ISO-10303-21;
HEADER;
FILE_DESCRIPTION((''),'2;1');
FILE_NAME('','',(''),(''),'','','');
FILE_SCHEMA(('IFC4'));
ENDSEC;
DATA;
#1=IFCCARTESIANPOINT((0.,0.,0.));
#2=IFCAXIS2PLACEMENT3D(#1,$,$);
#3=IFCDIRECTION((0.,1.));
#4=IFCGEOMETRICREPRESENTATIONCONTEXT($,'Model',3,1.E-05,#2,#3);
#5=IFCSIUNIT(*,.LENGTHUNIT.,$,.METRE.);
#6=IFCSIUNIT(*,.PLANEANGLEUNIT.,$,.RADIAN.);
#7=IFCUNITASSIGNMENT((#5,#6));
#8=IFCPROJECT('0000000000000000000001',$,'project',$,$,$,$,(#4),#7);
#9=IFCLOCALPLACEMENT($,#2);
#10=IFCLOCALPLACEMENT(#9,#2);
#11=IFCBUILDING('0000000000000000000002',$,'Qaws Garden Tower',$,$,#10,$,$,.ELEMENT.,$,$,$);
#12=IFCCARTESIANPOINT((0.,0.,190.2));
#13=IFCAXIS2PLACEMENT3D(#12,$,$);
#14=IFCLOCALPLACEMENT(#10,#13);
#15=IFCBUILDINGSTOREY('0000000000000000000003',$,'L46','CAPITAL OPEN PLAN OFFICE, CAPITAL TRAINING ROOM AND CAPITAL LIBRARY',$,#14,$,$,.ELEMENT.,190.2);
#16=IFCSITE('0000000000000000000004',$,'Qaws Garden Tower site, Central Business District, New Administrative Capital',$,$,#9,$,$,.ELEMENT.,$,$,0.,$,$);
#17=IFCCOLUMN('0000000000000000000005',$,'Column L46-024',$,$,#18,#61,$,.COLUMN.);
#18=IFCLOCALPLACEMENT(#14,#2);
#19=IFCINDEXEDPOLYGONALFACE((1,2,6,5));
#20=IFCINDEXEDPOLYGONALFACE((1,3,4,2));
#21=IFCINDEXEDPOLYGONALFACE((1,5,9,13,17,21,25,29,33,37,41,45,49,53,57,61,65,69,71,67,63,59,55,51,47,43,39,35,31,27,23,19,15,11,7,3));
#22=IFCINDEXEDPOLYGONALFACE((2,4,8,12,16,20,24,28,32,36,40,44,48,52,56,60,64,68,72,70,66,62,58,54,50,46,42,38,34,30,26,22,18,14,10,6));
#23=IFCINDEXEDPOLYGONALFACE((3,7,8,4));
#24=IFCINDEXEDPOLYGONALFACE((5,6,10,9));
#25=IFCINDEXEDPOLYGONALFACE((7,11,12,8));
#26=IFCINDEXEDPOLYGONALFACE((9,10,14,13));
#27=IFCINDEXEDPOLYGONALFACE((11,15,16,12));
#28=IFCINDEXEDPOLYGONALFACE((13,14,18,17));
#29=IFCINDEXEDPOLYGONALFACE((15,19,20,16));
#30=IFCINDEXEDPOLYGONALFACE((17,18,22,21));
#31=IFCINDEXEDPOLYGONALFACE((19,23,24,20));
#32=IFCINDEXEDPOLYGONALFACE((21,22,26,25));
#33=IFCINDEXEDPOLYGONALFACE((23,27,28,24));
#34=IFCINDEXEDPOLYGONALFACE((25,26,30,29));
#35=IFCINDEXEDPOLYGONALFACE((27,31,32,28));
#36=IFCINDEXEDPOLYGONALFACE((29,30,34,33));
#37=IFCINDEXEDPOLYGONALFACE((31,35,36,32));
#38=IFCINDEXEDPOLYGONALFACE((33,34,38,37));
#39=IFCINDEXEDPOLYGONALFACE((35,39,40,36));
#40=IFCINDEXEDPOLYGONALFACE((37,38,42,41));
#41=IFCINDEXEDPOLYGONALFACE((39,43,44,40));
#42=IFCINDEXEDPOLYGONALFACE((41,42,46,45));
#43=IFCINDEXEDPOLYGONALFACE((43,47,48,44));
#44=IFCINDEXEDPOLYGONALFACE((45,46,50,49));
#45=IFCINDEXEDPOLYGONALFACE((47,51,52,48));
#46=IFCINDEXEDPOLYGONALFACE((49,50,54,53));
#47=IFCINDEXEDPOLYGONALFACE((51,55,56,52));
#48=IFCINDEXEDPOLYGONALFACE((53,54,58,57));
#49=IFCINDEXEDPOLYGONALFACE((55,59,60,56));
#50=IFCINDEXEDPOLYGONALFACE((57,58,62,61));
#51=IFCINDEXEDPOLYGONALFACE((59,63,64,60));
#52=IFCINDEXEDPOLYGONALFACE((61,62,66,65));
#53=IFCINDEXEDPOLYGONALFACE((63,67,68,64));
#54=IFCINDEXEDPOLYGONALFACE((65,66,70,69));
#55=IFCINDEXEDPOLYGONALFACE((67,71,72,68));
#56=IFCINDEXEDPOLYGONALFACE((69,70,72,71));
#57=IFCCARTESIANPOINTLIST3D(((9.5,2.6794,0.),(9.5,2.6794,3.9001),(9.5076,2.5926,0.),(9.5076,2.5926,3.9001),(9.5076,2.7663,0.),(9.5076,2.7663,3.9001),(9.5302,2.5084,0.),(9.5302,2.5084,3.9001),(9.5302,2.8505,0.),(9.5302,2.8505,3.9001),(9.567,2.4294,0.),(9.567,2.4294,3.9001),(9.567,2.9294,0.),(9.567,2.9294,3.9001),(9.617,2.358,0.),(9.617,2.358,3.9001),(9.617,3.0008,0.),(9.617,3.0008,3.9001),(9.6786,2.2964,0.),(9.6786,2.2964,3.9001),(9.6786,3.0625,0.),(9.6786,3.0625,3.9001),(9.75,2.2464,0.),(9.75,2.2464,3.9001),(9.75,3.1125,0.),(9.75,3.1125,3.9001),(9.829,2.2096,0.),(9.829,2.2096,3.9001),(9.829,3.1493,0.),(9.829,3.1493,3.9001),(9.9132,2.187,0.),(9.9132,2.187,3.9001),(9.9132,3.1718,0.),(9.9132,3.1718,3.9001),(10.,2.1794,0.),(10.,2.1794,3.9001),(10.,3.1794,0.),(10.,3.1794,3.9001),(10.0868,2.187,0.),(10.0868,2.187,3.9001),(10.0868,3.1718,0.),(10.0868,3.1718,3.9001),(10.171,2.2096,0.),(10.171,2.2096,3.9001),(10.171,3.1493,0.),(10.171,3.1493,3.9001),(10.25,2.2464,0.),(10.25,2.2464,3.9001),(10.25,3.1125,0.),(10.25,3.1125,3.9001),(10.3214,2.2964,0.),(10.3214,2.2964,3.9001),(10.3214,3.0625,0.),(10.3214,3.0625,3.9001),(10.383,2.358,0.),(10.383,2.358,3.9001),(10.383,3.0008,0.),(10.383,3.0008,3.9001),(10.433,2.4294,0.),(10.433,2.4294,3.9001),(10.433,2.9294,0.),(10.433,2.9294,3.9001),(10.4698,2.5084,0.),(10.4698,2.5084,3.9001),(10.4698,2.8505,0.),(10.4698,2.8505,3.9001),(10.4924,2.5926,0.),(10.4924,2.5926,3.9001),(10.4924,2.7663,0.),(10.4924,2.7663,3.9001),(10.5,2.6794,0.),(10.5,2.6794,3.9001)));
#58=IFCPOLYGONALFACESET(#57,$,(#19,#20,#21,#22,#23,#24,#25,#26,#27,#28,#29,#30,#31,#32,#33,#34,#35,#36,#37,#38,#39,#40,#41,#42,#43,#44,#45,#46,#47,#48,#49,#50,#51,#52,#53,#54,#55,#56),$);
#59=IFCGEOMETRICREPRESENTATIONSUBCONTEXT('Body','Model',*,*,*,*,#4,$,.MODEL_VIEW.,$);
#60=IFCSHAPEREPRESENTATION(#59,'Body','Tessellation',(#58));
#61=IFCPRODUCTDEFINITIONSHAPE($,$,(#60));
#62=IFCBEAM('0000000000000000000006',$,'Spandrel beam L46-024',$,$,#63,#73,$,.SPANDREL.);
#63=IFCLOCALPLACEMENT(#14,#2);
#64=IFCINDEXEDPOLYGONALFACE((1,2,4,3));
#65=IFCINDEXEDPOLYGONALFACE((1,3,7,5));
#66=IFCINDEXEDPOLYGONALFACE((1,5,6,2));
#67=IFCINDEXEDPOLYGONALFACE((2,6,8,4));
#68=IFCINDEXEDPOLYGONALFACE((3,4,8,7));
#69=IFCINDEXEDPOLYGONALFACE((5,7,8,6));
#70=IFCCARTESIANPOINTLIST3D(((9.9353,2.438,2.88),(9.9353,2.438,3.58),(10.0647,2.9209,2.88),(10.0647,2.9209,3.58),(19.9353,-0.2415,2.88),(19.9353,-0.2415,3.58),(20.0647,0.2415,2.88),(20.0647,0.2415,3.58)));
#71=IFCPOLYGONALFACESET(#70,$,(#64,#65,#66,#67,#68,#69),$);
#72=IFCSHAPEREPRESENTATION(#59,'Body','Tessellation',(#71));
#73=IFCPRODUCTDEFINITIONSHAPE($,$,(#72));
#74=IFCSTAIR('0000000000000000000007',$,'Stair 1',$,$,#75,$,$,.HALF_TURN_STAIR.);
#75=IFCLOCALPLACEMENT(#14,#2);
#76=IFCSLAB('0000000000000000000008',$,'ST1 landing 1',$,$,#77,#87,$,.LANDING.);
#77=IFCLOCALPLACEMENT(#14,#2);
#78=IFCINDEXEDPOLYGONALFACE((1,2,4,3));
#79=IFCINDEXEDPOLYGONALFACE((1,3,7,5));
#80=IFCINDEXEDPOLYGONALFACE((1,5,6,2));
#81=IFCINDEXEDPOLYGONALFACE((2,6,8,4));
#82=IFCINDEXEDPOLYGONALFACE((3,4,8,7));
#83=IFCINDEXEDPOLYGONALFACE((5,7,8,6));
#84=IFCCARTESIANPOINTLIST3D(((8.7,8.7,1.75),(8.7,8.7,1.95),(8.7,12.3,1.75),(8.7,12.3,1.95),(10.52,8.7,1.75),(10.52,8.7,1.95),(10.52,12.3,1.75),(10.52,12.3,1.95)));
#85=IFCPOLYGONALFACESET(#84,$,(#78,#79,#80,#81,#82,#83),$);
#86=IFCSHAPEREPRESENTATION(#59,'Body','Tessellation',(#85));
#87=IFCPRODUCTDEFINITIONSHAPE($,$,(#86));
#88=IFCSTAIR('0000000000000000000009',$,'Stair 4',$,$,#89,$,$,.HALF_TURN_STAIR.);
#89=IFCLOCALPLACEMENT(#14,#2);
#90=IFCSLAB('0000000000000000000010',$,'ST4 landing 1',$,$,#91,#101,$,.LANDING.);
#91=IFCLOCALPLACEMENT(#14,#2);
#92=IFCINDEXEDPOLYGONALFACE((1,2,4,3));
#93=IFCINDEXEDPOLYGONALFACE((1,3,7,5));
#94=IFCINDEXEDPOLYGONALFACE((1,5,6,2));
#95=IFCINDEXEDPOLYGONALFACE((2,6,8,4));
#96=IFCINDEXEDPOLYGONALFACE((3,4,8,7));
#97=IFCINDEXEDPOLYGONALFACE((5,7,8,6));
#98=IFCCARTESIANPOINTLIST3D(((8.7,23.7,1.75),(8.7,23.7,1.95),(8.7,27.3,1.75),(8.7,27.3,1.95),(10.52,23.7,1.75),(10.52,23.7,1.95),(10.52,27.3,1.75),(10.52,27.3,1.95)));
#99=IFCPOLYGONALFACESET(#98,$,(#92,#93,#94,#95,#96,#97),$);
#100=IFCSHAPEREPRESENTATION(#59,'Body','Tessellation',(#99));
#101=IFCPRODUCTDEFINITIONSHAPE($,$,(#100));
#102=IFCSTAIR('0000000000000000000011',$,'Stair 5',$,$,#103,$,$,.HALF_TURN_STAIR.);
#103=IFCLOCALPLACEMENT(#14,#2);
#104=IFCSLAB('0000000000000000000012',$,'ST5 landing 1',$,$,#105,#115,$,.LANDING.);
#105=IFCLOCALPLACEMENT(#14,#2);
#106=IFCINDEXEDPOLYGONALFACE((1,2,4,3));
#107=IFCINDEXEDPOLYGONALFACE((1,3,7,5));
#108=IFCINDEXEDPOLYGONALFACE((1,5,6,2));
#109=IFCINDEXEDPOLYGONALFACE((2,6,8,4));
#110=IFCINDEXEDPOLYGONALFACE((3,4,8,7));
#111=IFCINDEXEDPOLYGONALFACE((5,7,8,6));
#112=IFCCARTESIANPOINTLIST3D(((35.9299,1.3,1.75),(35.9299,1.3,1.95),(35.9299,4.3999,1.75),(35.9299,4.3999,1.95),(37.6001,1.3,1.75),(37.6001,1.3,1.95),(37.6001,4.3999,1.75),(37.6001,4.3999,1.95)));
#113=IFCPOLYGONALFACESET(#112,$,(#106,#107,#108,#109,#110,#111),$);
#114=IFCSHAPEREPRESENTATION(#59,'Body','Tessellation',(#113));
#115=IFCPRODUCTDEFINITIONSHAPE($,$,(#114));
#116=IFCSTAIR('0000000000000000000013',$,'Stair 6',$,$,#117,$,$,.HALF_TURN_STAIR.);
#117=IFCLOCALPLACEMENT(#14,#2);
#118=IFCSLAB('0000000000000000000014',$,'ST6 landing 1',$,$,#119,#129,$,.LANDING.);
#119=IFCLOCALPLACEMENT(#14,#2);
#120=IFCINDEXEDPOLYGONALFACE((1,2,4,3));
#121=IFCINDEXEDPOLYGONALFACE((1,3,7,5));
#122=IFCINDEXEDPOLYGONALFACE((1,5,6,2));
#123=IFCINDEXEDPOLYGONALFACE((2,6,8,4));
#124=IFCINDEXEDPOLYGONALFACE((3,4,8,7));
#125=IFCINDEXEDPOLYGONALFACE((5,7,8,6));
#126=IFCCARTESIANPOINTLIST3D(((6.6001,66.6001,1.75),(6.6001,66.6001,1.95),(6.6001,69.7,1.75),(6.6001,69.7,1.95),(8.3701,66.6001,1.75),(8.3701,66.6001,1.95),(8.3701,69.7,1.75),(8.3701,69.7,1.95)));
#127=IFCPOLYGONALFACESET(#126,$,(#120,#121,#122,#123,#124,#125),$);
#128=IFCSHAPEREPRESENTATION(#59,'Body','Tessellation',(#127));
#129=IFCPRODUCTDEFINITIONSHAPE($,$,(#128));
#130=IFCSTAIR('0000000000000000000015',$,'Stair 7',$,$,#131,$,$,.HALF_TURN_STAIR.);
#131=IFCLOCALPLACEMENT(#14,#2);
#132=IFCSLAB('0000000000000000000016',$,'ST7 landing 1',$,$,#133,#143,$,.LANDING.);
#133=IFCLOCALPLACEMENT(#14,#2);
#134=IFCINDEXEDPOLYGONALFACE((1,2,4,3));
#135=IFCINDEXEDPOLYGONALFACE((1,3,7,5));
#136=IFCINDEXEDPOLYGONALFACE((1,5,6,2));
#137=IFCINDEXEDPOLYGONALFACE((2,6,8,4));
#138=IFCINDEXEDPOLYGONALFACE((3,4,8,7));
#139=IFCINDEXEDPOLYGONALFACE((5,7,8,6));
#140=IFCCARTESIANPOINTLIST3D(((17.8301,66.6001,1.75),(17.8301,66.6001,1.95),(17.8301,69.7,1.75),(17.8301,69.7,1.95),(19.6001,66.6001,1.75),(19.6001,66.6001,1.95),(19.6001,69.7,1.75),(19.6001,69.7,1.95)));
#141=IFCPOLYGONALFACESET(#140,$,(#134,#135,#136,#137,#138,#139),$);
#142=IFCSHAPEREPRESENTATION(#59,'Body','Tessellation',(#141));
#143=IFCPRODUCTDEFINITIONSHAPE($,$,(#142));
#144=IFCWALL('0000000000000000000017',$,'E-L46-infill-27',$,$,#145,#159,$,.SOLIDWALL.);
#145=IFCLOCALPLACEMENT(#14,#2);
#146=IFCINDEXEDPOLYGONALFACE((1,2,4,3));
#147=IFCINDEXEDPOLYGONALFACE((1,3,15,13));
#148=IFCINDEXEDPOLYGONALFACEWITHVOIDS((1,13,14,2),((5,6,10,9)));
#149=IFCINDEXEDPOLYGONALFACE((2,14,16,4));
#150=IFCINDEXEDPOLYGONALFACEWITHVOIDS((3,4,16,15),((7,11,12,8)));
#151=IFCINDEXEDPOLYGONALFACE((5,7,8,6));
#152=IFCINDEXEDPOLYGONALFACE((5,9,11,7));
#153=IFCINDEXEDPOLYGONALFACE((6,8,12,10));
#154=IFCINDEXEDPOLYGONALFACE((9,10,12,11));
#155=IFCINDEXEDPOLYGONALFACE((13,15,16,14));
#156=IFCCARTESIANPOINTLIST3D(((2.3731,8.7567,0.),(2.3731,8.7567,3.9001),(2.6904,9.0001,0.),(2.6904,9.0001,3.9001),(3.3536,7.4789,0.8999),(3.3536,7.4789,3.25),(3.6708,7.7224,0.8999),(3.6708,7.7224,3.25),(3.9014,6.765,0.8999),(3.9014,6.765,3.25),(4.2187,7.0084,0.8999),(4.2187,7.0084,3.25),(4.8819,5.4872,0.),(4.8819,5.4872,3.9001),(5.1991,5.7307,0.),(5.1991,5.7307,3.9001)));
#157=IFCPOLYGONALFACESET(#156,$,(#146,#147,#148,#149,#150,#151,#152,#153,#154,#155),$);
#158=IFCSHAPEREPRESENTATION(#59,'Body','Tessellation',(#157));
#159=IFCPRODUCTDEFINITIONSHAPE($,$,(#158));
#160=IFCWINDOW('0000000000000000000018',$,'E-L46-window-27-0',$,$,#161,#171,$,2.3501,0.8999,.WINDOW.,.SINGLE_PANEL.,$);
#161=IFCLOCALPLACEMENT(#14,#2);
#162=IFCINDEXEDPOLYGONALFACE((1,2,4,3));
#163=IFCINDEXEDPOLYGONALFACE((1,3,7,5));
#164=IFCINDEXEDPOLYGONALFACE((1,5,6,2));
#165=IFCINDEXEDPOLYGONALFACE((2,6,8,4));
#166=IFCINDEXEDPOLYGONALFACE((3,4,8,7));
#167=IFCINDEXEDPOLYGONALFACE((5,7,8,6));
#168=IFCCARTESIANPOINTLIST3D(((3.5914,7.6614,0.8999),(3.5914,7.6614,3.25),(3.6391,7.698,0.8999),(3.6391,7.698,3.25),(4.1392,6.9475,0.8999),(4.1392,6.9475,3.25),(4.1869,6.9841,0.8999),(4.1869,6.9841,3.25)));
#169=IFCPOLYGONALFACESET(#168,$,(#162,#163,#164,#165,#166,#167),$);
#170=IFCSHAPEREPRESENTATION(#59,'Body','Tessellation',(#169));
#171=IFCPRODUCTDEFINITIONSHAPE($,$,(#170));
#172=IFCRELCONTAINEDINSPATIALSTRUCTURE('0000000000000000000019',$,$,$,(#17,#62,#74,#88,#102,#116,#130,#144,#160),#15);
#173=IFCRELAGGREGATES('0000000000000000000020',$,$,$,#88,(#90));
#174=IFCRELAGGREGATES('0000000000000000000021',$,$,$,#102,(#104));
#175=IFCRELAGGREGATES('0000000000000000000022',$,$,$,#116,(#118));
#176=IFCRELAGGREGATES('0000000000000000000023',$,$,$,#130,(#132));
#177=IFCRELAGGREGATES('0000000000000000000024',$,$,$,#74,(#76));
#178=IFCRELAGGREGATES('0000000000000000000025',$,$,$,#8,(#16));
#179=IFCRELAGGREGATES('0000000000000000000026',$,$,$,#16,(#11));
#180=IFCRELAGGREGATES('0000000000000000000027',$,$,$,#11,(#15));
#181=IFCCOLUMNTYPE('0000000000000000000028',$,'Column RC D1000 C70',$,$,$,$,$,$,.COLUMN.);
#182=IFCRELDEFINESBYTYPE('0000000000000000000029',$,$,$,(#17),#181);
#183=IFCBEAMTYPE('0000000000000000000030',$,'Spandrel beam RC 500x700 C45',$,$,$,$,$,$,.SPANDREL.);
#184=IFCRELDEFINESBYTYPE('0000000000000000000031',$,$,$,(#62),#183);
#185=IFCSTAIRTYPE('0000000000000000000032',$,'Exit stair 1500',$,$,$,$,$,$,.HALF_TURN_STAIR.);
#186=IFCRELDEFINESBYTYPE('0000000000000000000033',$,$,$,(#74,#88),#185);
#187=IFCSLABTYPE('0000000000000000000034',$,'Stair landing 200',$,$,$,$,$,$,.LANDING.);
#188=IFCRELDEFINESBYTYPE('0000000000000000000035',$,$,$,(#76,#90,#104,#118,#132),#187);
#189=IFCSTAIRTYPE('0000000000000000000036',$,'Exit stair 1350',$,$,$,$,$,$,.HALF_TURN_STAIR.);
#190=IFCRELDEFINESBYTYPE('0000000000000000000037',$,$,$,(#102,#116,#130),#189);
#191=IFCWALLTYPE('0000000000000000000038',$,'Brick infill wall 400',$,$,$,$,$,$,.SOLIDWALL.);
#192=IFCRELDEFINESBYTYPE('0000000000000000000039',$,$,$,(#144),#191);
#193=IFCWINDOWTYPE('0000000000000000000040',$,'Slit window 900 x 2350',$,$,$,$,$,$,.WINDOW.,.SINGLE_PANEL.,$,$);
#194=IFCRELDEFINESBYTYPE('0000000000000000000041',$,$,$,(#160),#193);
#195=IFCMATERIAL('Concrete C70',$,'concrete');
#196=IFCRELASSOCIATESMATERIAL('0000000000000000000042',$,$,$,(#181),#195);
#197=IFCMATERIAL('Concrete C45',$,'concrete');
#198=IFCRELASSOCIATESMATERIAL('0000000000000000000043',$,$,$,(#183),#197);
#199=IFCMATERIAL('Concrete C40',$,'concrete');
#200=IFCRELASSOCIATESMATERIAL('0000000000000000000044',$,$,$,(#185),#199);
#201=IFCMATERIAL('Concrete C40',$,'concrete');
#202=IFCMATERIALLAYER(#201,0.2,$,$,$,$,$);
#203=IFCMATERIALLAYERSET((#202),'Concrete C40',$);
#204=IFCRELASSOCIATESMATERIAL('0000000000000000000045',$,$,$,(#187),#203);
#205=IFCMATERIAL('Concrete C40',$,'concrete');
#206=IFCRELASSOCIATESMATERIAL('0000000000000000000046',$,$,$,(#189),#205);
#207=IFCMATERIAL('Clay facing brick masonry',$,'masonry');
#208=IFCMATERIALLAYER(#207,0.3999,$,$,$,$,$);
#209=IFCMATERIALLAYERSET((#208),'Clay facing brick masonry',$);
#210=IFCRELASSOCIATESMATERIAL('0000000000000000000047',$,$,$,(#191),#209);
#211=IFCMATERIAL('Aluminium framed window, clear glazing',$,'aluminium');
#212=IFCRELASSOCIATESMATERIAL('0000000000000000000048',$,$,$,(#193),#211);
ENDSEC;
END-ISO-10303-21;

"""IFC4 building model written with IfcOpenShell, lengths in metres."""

from ifc_helpers import new_model, si_unit, direction, frame, frame_2d, origin, origin_2d, place, context, subcontext, project, spatial, polyline, rectangle, circle, outline, extrude, material, layer, layer_set, material_profile, profile_set, type_object, element, fill, aggregate, save


model = new_model("IFC4")

# Units and contexts
model_context = context("Model", 3, precision=1e-05, world=origin(), true_north=direction((0.0, 1.0)))
body_context = subcontext(model_context, "Body", "Model", "MODEL_VIEW")
ifc_project = project(units=[si_unit("LENGTHUNIT", "METRE"), si_unit("PLANEANGLEUNIT", "RADIAN")], contexts=[model_context])

# Site, building, storey
site_placement = place(None, origin())
site = spatial("IfcSite", under=ifc_project, at=site_placement, Name="Qaws Garden Tower site, Central Business District, New Administrative Capital", CompositionType="ELEMENT", RefElevation=0.0)
building_placement = place(site_placement, origin())
building = spatial("IfcBuilding", under=site, at=building_placement, Name="Qaws Garden Tower", CompositionType="ELEMENT")
storey_placement = place(building_placement, frame((0.0, 0.0, 190.2)))
storey = spatial("IfcBuildingStorey", under=building, at=storey_placement, Name="L46", Description="CAPITAL OPEN PLAN OFFICE, CAPITAL TRAINING ROOM AND CAPITAL LIBRARY", CompositionType="ELEMENT", Elevation=190.2)

# Column
ifc_material_1 = material(Name="Concrete C70", Category="concrete")
ifc_material_profile_1 = material_profile(ifc_material_1, circle(Radius=0.5, at=origin_2d()), Name="RC D1000")
ifc_profile_set_1 = profile_set([ifc_material_profile_1], Name="Concrete C70")
column_type = type_object("IfcColumnType", Name="Column RC D1000 C70", PredefinedType="COLUMN", material=ifc_profile_set_1)
column_placement = place(storey_placement, frame((10.0, 2.6794, 0.0), z_axis=(0.0, 0.0, 1.0), x_axis=(1.0, 0.0, 0.0)))
element("IfcColumn", 1, at=column_placement, inside=storey, type_object=column_type, Name="Column L46-024", PredefinedType="COLUMN", context=body_context, shape_type="SweptSolid", body=[
    extrude(circle(Radius=0.5, at=origin_2d()), origin(), (0.0, 0.0, 1.0), 3.9001),
])

# Beam
ifc_material_2 = material(Name="Concrete C45", Category="concrete")
ifc_material_profile_2 = material_profile(ifc_material_2, rectangle(XDim=0.5, YDim=0.7, at=origin_2d()), Name="RC 500x700")
ifc_profile_set_2 = profile_set([ifc_material_profile_2], Name="Concrete C45")
beam_type = type_object("IfcBeamType", Name="Spandrel beam RC 500x700 C45", PredefinedType="SPANDREL", material=ifc_profile_set_2)
beam_placement = place(storey_placement, frame((10.0, 2.6794, 3.23), z_axis=(0.965927, -0.258815, 0.0), x_axis=(0.258815, 0.965927, 0.0)))
element("IfcBeam", 2, at=beam_placement, inside=storey, type_object=beam_type, Name="Spandrel beam L46-024", PredefinedType="SPANDREL", context=body_context, shape_type="SweptSolid", body=[
    extrude(rectangle(XDim=0.5, YDim=0.7, at=origin_2d()), origin(), (0.0, 0.0, 1.0), 10.3528),
])

# Stairs, slabs
ifc_material_3 = material(Name="Concrete C40", Category="concrete")
stair_type_1 = type_object("IfcStairType", Name="Exit stair 1500", PredefinedType="HALF_TURN_STAIR", material=ifc_material_3)
placement_1 = place(storey_placement, origin())
stair_1 = element("IfcStair", 3, at=placement_1, inside=storey, type_object=stair_type_1, Name="Stair 1", PredefinedType="HALF_TURN_STAIR")
ifc_material_4 = material(Name="Concrete C40", Category="concrete")
ifc_layer_1 = layer(ifc_material_4, 0.2)
ifc_layer_set_1 = layer_set([ifc_layer_1], Name="Concrete C40")
slab_type = type_object("IfcSlabType", Name="Stair landing 200", PredefinedType="LANDING", material=ifc_layer_set_1)
placement_2 = place(storey_placement, frame((0.0, 0.0, 1.75)))
slab_1 = element("IfcSlab", 4, at=placement_2, type_object=slab_type, Name="ST1 landing 1", PredefinedType="LANDING", context=body_context, shape_type="SweptSolid", body=[
    extrude(outline(polyline([(8.7, 8.7), (10.52, 8.7), (10.52, 12.3), (8.7, 12.3), (8.7, 8.7)])), origin(), (0.0, 0.0, 1.0), 0.2),
])
stair_2 = element("IfcStair", 5, at=placement_1, inside=storey, type_object=stair_type_1, Name="Stair 4", PredefinedType="HALF_TURN_STAIR")
slab_2 = element("IfcSlab", 6, at=placement_2, type_object=slab_type, Name="ST4 landing 1", PredefinedType="LANDING", context=body_context, shape_type="SweptSolid", body=[
    extrude(outline(polyline([(8.7, 23.7), (10.52, 23.7), (10.52, 27.3), (8.7, 27.3), (8.7, 23.7)])), origin(), (0.0, 0.0, 1.0), 0.2),
])
aggregate(stair_2, [slab_2])
ifc_material_5 = material(Name="Concrete C40", Category="concrete")
stair_type_2 = type_object("IfcStairType", Name="Exit stair 1350", PredefinedType="HALF_TURN_STAIR", material=ifc_material_5)
stair_3 = element("IfcStair", 7, at=placement_1, inside=storey, type_object=stair_type_2, Name="Stair 5", PredefinedType="HALF_TURN_STAIR")
slab_3 = element("IfcSlab", 8, at=placement_2, type_object=slab_type, Name="ST5 landing 1", PredefinedType="LANDING", context=body_context, shape_type="SweptSolid", body=[
    extrude(outline(polyline([(35.9299, 1.3), (37.6001, 1.3), (37.6001, 4.3999), (35.9299, 4.3999), (35.9299, 1.3)])), origin(), (0.0, 0.0, 1.0), 0.2),
])
aggregate(stair_3, [slab_3])
stair_4 = element("IfcStair", 9, at=placement_1, inside=storey, type_object=stair_type_2, Name="Stair 6", PredefinedType="HALF_TURN_STAIR")
slab_4 = element("IfcSlab", 10, at=placement_2, type_object=slab_type, Name="ST6 landing 1", PredefinedType="LANDING", context=body_context, shape_type="SweptSolid", body=[
    extrude(outline(polyline([(6.6001, 66.6001), (8.3701, 66.6001), (8.3701, 69.7), (6.6001, 69.7), (6.6001, 66.6001)])), origin(), (0.0, 0.0, 1.0), 0.2),
])
aggregate(stair_4, [slab_4])
stair_5 = element("IfcStair", 11, at=placement_1, inside=storey, type_object=stair_type_2, Name="Stair 7", PredefinedType="HALF_TURN_STAIR")
slab_5 = element("IfcSlab", 12, at=placement_2, type_object=slab_type, Name="ST7 landing 1", PredefinedType="LANDING", context=body_context, shape_type="SweptSolid", body=[
    extrude(outline(polyline([(17.8301, 66.6001), (19.6001, 66.6001), (19.6001, 69.7), (17.8301, 69.7), (17.8301, 66.6001)])), origin(), (0.0, 0.0, 1.0), 0.2),
])
aggregate(stair_5, [slab_5])

# Wall, opening, window
ifc_material_6 = material(Name="Clay facing brick masonry", Category="masonry")
ifc_layer_2 = layer(ifc_material_6, 0.3999)
ifc_layer_set_2 = layer_set([ifc_layer_2], Name="Clay facing brick masonry")
wall_type_1 = type_object("IfcWallType", Name="Brick infill wall 400", PredefinedType="SOLIDWALL", material=ifc_layer_set_2)
wall_1_placement = place(storey_placement, frame((2.5317, 8.8784, 0.0), z_axis=(0.0, 0.0, 1.0), x_axis=(0.60876, -0.793355, 0.0)))
wall_1 = element("IfcWall", 13, at=wall_1_placement, inside=storey, type_object=wall_type_1, Name="E-L46-infill-27", PredefinedType="SOLIDWALL", context=body_context, shape_type="SweptSolid", body=[
    extrude(rectangle(XDim=4.1211, YDim=0.3999, at=frame_2d((2.0605, 0.0))), origin(), (0.0, 0.0, 1.0), 3.9001),
])
opening_1_placement = place(wall_1_placement, frame((1.6106, 0.0, 0.8999)))
opening_1 = element("IfcOpeningElement", 14, at=opening_1_placement, cuts=wall_1, PredefinedType="OPENING", context=body_context, shape_type="SweptSolid", body=[
    extrude(rectangle(XDim=0.8999, YDim=2.3501, at=frame_2d((0.45, 1.175))), frame((0.0, 0.21, 0.0), z_axis=(0.0, -1.0, 0.0), x_axis=(1.0, 0.0, 0.0)), (0.0, 0.0, 1.0), 0.4199),
])
ifc_material_7 = material(Name="Aluminium framed window, clear glazing", Category="aluminium")
window_type = type_object("IfcWindowType", Name="Slit window 900 x 2350", PartitioningType="SINGLE_PANEL", PredefinedType="WINDOW", material=ifc_material_7)
window_1_placement = place(opening_1_placement, origin())
window_1 = element("IfcWindow", 15, at=window_1_placement, inside=storey, type_object=window_type, Name="E-L46-window-27-0", OverallHeight=2.3501, OverallWidth=0.8999, PartitioningType="SINGLE_PANEL", PredefinedType="WINDOW", context=body_context, shape_type="SweptSolid", body=[
    extrude(rectangle(XDim=0.8999, YDim=2.3501, at=frame_2d((0.45, 1.175))), frame((0.0, 0.1599, 0.0), z_axis=(0.0, -1.0, 0.0), x_axis=(1.0, 0.0, 0.0)), (0.0, 0.0, 1.0), 0.0601),
])
fill(opening_1, window_1)

aggregate(stair_1, [slab_1])

save(model, "model.ifc")
